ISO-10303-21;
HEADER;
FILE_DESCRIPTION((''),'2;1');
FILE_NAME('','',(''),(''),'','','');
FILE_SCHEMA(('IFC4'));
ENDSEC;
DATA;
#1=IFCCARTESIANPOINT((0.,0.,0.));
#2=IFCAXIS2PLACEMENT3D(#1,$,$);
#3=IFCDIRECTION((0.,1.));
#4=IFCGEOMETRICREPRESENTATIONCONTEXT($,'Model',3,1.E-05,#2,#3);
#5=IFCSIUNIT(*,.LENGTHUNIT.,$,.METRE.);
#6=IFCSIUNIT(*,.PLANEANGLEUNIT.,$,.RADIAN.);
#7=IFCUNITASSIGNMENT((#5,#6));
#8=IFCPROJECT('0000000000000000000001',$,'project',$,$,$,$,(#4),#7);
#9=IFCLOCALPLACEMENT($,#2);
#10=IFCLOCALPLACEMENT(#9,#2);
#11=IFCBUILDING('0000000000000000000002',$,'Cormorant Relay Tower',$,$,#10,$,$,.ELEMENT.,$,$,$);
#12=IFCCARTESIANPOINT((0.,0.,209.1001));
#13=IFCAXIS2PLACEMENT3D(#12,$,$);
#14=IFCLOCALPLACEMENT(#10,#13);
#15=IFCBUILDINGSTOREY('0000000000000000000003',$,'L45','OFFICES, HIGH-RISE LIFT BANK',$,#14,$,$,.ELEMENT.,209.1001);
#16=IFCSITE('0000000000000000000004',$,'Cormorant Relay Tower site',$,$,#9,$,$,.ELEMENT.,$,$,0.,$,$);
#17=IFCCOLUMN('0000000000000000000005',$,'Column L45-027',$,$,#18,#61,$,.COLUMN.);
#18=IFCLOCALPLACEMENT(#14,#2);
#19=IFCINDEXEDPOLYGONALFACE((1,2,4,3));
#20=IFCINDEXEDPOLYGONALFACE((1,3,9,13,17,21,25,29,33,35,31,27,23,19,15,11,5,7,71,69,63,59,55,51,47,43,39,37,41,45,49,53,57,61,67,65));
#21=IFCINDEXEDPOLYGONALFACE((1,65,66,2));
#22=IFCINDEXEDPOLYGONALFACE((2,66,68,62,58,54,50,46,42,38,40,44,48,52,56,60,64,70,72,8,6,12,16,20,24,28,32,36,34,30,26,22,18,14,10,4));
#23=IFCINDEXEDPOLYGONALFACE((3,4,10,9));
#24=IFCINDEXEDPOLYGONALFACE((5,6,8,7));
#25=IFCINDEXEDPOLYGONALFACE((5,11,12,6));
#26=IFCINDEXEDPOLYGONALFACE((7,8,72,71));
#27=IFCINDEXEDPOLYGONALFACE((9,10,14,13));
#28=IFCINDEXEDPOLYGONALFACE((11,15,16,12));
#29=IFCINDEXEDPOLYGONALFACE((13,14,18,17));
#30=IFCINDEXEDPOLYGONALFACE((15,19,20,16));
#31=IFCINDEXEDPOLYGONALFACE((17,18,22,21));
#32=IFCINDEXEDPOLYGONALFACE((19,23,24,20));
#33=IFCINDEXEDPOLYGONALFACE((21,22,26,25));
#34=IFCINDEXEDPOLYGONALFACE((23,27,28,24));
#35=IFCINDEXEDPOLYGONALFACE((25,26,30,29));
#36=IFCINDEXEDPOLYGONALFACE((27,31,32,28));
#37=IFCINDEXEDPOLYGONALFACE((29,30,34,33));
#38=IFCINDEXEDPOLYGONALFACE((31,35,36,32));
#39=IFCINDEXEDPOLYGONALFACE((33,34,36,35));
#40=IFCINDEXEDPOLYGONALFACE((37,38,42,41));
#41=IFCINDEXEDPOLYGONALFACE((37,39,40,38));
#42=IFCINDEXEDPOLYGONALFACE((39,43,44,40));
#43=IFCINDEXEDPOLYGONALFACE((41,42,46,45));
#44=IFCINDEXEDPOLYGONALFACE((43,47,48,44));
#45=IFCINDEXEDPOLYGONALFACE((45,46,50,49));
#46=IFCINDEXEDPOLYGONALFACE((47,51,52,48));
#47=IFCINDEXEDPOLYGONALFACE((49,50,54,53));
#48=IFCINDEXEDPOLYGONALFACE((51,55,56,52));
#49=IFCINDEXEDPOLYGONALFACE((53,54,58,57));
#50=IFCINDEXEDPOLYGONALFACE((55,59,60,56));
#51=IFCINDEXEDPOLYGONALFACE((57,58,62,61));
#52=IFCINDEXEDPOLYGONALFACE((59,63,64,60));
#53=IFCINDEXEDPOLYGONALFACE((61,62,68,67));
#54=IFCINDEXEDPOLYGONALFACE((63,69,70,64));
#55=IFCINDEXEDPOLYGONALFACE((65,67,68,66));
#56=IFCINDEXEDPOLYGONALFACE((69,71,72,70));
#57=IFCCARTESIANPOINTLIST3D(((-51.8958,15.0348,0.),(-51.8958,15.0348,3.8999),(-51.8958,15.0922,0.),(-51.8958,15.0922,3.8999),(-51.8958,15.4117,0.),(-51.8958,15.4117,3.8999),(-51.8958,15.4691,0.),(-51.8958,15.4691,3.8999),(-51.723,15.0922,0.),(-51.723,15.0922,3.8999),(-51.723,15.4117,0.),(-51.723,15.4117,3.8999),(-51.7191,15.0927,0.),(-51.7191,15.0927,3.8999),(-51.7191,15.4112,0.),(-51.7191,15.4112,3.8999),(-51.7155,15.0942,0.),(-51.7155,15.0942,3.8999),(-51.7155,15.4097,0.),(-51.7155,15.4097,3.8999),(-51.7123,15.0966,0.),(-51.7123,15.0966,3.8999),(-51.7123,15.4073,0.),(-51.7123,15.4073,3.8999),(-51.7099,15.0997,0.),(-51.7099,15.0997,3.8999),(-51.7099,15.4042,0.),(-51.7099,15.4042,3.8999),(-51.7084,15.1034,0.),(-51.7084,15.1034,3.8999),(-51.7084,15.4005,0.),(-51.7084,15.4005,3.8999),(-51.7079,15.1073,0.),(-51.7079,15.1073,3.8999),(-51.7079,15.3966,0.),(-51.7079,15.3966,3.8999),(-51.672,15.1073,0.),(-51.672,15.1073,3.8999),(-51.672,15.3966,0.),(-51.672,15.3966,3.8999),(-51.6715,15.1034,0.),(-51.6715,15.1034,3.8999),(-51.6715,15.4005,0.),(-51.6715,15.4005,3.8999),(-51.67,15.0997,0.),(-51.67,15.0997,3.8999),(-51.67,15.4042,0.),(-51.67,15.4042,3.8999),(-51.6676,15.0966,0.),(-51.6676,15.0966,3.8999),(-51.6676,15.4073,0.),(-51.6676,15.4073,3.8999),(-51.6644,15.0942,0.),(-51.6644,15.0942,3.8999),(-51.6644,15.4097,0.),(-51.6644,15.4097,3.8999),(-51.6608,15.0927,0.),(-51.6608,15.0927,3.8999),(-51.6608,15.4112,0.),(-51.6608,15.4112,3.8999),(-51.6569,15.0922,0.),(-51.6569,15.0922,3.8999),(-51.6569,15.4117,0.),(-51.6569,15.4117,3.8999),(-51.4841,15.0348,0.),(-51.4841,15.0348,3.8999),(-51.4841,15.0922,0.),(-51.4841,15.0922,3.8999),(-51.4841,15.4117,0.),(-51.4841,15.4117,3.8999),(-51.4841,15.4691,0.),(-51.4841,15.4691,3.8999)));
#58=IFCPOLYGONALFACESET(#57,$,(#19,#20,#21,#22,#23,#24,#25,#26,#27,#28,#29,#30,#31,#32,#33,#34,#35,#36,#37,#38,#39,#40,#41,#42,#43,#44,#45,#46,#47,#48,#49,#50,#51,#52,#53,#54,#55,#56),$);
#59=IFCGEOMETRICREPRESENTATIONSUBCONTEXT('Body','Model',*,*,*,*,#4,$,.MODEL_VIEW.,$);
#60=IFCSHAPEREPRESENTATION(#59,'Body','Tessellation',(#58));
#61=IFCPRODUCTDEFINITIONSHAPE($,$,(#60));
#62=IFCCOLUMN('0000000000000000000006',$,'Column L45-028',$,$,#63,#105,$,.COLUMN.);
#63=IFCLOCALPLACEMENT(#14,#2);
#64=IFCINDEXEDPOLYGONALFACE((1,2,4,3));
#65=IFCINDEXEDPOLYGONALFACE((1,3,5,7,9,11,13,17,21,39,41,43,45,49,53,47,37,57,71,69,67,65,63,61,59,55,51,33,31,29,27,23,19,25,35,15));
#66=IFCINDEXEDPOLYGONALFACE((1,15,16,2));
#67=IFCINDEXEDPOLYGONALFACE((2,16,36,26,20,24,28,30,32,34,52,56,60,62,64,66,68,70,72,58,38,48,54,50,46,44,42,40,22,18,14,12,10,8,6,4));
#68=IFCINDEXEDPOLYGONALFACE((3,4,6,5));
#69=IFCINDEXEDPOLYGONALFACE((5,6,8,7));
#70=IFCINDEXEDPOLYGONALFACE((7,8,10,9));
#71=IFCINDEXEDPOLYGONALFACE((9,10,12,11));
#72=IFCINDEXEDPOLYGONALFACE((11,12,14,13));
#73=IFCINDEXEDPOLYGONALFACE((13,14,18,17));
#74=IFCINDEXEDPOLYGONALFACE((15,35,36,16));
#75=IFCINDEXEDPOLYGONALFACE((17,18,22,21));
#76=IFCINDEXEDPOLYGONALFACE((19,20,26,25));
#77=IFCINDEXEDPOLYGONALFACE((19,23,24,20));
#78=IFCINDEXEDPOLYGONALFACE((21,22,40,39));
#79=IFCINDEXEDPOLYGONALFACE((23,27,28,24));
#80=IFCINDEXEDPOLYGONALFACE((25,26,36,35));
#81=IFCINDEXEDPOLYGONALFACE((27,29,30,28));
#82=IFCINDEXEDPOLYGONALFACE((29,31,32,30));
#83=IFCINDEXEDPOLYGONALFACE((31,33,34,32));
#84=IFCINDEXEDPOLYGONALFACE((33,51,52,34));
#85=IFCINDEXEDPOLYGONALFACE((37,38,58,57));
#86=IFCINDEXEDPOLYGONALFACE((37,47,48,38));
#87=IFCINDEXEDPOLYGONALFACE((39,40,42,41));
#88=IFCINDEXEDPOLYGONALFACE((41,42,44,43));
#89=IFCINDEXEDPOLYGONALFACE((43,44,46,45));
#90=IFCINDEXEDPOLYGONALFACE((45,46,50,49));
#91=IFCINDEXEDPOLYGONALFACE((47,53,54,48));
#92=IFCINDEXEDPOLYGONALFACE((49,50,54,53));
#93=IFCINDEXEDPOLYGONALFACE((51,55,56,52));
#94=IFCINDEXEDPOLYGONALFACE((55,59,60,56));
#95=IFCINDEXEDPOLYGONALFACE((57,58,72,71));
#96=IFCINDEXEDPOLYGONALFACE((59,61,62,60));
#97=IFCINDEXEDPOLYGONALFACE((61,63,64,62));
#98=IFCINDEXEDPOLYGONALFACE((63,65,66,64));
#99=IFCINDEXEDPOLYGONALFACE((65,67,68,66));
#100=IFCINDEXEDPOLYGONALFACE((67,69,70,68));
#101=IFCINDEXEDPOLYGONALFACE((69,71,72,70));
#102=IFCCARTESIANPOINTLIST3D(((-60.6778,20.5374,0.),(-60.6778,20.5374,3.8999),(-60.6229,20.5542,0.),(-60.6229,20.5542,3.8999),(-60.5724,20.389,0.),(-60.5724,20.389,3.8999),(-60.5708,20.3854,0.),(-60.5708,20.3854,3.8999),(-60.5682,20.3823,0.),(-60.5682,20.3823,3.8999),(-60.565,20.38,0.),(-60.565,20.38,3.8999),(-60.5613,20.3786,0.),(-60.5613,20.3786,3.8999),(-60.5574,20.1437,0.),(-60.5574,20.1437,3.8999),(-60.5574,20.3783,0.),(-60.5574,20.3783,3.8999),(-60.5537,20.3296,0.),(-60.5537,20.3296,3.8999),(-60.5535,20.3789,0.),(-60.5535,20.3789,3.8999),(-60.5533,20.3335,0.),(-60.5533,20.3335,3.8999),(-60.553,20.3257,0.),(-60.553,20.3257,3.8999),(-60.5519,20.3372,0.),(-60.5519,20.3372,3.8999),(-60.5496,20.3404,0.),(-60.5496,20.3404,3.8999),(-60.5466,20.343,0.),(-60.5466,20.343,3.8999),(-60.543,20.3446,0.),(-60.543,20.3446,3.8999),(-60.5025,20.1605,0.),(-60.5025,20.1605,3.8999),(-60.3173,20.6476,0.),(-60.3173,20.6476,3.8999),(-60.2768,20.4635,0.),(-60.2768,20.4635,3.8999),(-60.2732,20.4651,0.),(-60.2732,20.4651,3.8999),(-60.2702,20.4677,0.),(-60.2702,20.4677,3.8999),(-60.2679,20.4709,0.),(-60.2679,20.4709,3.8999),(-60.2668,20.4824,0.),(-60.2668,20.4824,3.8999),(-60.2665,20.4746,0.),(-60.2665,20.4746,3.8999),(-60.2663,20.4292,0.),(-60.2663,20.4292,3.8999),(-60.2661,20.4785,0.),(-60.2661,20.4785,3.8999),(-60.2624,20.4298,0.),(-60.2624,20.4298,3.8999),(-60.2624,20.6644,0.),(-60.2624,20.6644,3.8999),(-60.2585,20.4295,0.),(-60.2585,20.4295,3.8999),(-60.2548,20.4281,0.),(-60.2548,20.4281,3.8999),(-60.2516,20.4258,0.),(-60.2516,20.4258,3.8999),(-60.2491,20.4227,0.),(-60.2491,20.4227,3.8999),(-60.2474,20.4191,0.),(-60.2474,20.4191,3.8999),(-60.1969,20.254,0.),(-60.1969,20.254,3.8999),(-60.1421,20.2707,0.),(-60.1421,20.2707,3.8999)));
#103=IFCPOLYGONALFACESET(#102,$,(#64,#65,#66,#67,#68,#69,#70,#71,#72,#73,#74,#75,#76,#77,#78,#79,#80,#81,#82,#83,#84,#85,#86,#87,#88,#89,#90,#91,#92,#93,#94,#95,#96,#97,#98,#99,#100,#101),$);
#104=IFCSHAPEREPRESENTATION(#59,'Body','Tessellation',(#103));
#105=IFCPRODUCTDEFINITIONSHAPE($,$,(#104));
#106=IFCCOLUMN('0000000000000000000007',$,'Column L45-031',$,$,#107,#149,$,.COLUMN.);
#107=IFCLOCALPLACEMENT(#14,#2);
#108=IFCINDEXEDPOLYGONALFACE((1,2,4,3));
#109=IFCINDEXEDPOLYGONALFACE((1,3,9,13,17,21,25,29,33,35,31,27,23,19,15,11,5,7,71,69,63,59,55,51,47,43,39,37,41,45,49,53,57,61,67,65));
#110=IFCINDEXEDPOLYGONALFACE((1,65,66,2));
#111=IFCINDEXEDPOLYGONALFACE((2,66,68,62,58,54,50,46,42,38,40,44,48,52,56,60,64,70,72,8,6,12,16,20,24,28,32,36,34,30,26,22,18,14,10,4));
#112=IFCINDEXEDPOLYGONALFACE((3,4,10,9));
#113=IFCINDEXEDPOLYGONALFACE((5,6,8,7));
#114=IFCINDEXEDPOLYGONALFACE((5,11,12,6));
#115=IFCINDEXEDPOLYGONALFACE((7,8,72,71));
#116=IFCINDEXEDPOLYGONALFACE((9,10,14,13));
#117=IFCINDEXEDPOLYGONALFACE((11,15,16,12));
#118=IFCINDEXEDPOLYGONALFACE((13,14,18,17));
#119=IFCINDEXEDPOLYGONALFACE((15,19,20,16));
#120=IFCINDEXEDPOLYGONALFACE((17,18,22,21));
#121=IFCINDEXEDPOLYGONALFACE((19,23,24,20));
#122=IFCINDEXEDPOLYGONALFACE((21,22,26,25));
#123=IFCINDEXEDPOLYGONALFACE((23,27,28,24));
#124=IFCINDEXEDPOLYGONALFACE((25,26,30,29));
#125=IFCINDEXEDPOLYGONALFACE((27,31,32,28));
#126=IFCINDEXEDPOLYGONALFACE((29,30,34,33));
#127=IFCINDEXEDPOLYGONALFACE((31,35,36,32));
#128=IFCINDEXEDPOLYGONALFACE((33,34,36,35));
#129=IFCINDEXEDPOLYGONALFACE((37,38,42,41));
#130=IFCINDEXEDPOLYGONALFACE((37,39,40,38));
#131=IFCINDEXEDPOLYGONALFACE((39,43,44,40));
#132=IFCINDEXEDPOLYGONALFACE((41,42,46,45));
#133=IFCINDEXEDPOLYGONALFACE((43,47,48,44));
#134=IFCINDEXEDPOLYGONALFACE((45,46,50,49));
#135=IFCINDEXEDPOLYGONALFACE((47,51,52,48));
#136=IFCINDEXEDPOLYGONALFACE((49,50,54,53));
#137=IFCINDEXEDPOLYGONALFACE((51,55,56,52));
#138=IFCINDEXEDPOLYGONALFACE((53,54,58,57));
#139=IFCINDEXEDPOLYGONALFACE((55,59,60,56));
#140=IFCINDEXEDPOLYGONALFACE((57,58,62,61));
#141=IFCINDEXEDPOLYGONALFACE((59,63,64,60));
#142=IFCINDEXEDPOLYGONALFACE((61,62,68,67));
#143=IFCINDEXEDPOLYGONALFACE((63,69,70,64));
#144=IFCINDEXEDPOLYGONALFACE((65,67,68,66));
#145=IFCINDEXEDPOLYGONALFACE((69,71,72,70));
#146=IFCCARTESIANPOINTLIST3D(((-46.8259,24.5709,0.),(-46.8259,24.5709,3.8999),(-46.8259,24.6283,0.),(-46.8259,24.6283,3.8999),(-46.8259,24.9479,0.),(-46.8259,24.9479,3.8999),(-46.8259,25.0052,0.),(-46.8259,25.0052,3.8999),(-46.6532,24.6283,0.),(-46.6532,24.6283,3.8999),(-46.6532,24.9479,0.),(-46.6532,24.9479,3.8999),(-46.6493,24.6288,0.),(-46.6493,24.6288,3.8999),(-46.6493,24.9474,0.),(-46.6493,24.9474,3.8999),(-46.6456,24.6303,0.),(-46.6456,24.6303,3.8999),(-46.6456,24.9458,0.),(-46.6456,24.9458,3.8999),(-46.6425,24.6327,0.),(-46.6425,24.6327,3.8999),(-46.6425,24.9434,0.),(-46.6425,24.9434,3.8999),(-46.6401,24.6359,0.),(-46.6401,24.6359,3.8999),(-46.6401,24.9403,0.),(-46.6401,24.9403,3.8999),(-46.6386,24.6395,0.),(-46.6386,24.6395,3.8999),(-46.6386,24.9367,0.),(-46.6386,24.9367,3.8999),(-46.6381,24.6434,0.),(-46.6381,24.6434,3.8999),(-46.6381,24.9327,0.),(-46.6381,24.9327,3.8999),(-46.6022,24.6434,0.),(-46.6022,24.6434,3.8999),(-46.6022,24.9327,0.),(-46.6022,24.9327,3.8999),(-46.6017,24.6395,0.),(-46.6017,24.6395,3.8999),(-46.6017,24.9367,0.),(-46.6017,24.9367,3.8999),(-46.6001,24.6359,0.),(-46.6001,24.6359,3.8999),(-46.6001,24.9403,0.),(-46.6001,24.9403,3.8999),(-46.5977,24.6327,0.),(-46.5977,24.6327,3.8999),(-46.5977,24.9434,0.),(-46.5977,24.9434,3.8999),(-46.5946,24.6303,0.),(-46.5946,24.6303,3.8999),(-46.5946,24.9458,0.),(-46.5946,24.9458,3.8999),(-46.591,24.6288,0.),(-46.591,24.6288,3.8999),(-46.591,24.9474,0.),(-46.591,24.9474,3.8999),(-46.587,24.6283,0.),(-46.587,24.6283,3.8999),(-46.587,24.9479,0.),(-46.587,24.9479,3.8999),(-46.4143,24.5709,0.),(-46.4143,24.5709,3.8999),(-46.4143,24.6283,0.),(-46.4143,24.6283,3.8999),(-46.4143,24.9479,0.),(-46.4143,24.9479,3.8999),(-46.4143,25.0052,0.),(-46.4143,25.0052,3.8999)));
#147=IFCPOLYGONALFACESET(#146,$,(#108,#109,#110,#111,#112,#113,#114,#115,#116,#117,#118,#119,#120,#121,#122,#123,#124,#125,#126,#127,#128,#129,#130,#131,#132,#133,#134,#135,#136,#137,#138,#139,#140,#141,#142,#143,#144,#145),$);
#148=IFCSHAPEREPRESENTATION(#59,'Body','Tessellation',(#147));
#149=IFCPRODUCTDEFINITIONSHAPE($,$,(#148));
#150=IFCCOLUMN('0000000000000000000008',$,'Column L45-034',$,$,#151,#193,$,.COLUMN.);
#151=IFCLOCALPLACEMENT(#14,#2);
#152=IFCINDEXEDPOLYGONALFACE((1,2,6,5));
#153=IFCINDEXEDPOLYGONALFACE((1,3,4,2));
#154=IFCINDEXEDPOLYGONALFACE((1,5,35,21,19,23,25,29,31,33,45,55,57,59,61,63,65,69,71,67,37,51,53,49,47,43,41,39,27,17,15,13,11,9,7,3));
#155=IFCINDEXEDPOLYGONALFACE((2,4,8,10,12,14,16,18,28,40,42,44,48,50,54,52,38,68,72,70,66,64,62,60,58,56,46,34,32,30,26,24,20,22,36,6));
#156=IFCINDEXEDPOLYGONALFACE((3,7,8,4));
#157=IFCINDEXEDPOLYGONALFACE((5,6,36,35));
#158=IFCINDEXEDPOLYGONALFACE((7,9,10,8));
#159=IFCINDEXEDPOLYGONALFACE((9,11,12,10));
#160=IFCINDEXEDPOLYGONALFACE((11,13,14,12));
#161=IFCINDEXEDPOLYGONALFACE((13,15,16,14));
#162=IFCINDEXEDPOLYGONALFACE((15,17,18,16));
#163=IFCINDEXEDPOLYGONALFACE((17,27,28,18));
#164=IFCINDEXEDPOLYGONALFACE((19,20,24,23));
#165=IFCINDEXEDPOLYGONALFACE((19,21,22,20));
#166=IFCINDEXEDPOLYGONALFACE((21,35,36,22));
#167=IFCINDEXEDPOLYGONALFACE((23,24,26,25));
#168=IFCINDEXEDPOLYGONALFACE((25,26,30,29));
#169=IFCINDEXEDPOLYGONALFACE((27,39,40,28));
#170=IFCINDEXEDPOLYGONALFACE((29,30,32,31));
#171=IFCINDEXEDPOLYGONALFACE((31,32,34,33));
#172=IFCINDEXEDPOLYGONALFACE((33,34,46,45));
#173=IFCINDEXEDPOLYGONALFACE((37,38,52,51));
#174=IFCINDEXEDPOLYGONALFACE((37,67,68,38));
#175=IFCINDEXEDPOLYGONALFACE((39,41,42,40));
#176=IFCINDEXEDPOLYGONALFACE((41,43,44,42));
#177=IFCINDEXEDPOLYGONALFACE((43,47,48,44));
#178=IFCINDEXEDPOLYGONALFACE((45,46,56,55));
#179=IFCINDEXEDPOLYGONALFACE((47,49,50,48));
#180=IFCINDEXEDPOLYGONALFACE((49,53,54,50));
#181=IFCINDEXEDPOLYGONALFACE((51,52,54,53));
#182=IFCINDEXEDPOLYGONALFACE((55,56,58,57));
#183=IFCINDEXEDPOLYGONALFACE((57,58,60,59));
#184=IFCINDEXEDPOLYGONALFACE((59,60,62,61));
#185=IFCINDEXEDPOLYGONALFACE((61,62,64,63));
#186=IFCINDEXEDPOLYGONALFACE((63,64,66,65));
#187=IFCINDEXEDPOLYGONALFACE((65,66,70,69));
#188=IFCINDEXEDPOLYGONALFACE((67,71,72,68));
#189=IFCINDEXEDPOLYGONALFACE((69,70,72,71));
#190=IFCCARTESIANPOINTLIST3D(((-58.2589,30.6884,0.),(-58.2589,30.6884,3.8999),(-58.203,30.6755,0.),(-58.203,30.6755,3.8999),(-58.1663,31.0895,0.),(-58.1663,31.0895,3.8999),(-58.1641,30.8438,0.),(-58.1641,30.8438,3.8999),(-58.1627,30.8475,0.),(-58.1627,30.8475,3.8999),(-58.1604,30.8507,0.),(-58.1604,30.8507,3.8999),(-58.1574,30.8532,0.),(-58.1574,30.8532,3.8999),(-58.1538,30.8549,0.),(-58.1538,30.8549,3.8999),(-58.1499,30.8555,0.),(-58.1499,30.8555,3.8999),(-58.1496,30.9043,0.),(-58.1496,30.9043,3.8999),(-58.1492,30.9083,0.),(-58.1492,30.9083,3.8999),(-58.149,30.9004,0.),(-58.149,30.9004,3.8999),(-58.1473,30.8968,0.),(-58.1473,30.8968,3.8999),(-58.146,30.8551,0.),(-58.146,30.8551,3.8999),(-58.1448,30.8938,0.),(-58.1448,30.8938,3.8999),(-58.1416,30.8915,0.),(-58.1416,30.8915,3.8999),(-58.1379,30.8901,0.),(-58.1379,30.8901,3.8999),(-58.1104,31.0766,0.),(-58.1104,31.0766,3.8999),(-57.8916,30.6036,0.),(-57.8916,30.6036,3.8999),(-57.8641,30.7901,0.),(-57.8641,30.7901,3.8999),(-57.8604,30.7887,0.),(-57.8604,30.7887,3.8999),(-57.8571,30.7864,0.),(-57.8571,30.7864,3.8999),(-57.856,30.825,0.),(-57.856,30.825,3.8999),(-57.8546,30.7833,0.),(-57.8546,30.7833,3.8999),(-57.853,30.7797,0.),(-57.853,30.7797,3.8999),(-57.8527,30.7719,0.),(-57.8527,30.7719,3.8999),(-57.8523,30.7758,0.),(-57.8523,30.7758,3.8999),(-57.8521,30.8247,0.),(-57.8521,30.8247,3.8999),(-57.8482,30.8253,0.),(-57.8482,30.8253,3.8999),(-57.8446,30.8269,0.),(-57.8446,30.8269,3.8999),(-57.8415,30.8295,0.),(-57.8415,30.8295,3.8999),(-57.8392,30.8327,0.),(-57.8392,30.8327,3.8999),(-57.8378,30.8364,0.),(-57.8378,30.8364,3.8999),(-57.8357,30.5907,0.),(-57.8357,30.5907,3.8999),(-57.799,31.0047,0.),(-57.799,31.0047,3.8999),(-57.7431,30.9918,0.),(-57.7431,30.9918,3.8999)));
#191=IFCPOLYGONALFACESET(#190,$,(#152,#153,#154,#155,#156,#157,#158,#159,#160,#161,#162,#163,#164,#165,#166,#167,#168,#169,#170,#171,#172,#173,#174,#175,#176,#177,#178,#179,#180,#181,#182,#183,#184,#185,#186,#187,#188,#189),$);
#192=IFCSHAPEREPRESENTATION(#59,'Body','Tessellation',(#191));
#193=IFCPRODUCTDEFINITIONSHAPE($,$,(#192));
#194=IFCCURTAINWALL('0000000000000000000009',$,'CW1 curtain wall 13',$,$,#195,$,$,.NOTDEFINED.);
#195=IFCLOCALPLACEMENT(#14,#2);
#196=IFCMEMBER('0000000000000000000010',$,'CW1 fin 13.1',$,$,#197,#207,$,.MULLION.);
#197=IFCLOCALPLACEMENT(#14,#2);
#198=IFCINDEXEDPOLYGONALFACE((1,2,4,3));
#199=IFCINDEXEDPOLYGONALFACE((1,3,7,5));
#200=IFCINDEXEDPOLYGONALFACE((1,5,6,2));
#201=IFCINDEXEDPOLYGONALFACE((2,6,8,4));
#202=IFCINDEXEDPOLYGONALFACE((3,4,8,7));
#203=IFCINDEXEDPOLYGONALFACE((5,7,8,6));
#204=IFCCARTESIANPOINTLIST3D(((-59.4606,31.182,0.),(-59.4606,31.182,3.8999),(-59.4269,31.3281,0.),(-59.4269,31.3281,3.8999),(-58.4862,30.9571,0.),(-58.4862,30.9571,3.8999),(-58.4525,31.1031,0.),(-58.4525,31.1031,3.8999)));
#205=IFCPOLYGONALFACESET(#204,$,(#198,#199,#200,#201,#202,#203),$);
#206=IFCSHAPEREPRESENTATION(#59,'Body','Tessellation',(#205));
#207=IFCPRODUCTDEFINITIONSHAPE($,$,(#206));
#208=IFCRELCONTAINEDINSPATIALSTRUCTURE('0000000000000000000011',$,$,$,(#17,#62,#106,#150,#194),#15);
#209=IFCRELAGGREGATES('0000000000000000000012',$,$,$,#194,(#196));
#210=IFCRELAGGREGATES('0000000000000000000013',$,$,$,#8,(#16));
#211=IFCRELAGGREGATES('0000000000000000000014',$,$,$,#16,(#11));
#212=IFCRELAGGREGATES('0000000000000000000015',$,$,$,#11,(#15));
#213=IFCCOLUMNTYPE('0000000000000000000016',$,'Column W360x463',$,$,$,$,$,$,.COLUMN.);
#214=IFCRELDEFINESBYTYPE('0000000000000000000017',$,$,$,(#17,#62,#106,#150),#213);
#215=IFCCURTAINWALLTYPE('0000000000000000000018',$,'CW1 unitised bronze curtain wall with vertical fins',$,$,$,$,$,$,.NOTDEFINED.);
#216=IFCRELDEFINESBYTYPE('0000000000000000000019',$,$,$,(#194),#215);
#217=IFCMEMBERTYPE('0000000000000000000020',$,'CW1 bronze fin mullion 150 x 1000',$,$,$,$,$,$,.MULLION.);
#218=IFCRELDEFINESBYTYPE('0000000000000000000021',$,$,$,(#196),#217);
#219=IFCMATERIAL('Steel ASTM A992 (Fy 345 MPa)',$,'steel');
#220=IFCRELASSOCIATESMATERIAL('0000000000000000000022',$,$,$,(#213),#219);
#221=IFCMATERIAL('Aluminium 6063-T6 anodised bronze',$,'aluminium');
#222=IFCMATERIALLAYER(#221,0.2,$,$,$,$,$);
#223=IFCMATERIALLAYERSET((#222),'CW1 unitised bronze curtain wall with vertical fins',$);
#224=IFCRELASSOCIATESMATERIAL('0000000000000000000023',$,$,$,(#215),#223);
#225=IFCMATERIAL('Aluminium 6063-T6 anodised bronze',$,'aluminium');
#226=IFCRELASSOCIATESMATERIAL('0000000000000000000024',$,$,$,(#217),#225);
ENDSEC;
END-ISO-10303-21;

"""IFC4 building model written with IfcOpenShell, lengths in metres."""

from ifc_helpers import new_model, si_unit, direction, frame, origin, origin_2d, place, context, subcontext, project, spatial, rectangle, i_section, extrude, material, layer, layer_set, material_profile, profile_set, type_object, element, aggregate, save


model = new_model("IFC4")

# Units and contexts
model_context = context("Model", 3, precision=1e-05, world=origin(), true_north=direction((0.0, 1.0)))
body_context = subcontext(model_context, "Body", "Model", "MODEL_VIEW")
ifc_project = project(units=[si_unit("LENGTHUNIT", "METRE"), si_unit("PLANEANGLEUNIT", "RADIAN")], contexts=[model_context])

# Site, building, storey
site_placement = place(None, origin())
site = spatial("IfcSite", under=ifc_project, at=site_placement, Name="Cormorant Relay Tower site", CompositionType="ELEMENT", RefElevation=0.0)
building_placement = place(site_placement, origin())
building = spatial("IfcBuilding", under=site, at=building_placement, Name="Cormorant Relay Tower", CompositionType="ELEMENT")
storey_placement = place(building_placement, frame((0.0, 0.0, 209.1001)))
storey = spatial("IfcBuildingStorey", under=building, at=storey_placement, Name="L45", Description="OFFICES, HIGH-RISE LIFT BANK", CompositionType="ELEMENT", Elevation=209.1001)

# Columns
ifc_material_1 = material(Name="Steel ASTM A992 (Fy 345 MPa)", Category="steel")
ifc_material_profile_1 = material_profile(ifc_material_1, i_section(OverallWidth=0.4116, OverallDepth=0.4343, WebThickness=0.0359, FlangeThickness=0.0574, FilletRadius=0.0151, at=origin_2d()), Name="W360x463")
ifc_profile_set_1 = profile_set([ifc_material_profile_1], Name="Steel ASTM A992 (Fy 345 MPa)")
column_type = type_object("IfcColumnType", Name="Column W360x463", PredefinedType="COLUMN", material=ifc_profile_set_1)
for number, where, z_axis, x_axis, name in (
    (1, (-51.6899, 15.252, 0.0), (0.0, 0.0, 1.0), (1.0, 0.0, 0.0), "Column L45-027"),
    (2, (-60.4099, 20.4041, 0.0), (0.0, 0.0, 1.0), (0.292372, -0.956305, 0.0), "Column L45-028"),
    (3, (-46.6201, 24.7881, 0.0), (0.0, 0.0, 1.0), (1.0, 0.0, 0.0), "Column L45-031"),
    (4, (-58.001, 30.8401, 0.0), (0.0, 0.0, 1.0), (-0.224951, -0.97437, 0.0), "Column L45-034"),
):
    element("IfcColumn", number, at=place(storey_placement, frame(where, z_axis=z_axis, x_axis=x_axis)), inside=storey, type_object=column_type, Name=name, PredefinedType="COLUMN", context=body_context, shape_type="SweptSolid", body=[
        extrude(i_section(OverallWidth=0.4116, OverallDepth=0.4343, WebThickness=0.0359, FlangeThickness=0.0574, FilletRadius=0.0151, at=origin_2d()), origin(), (0.0, 0.0, 1.0), 3.8999),
    ])

# Curtain wall, member
ifc_material_2 = material(Name="Aluminium 6063-T6 anodised bronze", Category="aluminium")
ifc_layer_1 = layer(ifc_material_2, 0.2)
ifc_layer_set_1 = layer_set([ifc_layer_1], Name="CW1 unitised bronze curtain wall with vertical fins")
curtain_wall_type = type_object("IfcCurtainWallType", Name="CW1 unitised bronze curtain wall with vertical fins", PredefinedType="NOTDEFINED", material=ifc_layer_set_1)
curtain_wall_1_placement = place(storey_placement, origin())
curtain_wall_1 = element("IfcCurtainWall", 5, at=curtain_wall_1_placement, inside=storey, type_object=curtain_wall_type, Name="CW1 curtain wall 13", PredefinedType="NOTDEFINED")
ifc_material_3 = material(Name="Aluminium 6063-T6 anodised bronze", Category="aluminium")
ifc_material_profile_2 = material_profile(ifc_material_3, rectangle(XDim=0.1499, YDim=1.0, at=origin_2d()), Name="AL 150x1000")
ifc_profile_set_2 = profile_set([ifc_material_profile_2], Name="Aluminium 6063-T6 anodised bronze")
member_type_1 = type_object("IfcMemberType", Name="CW1 bronze fin mullion 150 x 1000", PredefinedType="MULLION", material=ifc_profile_set_2)
member_1_placement = place(storey_placement, frame((-58.9565, 31.1426, 0.0), z_axis=(0.0, 0.0, 1.0), x_axis=(-0.224951, -0.97437, 0.0)))
member_1 = element("IfcMember", 6, at=member_1_placement, type_object=member_type_1, Name="CW1 fin 13.1", PredefinedType="MULLION", context=body_context, shape_type="SweptSolid", body=[
    extrude(rectangle(XDim=0.1499, YDim=1.0, at=origin_2d()), origin(), (0.0, 0.0, 1.0), 3.8999),
])

aggregate(curtain_wall_1, [member_1])

save(model, "model.ifc")
